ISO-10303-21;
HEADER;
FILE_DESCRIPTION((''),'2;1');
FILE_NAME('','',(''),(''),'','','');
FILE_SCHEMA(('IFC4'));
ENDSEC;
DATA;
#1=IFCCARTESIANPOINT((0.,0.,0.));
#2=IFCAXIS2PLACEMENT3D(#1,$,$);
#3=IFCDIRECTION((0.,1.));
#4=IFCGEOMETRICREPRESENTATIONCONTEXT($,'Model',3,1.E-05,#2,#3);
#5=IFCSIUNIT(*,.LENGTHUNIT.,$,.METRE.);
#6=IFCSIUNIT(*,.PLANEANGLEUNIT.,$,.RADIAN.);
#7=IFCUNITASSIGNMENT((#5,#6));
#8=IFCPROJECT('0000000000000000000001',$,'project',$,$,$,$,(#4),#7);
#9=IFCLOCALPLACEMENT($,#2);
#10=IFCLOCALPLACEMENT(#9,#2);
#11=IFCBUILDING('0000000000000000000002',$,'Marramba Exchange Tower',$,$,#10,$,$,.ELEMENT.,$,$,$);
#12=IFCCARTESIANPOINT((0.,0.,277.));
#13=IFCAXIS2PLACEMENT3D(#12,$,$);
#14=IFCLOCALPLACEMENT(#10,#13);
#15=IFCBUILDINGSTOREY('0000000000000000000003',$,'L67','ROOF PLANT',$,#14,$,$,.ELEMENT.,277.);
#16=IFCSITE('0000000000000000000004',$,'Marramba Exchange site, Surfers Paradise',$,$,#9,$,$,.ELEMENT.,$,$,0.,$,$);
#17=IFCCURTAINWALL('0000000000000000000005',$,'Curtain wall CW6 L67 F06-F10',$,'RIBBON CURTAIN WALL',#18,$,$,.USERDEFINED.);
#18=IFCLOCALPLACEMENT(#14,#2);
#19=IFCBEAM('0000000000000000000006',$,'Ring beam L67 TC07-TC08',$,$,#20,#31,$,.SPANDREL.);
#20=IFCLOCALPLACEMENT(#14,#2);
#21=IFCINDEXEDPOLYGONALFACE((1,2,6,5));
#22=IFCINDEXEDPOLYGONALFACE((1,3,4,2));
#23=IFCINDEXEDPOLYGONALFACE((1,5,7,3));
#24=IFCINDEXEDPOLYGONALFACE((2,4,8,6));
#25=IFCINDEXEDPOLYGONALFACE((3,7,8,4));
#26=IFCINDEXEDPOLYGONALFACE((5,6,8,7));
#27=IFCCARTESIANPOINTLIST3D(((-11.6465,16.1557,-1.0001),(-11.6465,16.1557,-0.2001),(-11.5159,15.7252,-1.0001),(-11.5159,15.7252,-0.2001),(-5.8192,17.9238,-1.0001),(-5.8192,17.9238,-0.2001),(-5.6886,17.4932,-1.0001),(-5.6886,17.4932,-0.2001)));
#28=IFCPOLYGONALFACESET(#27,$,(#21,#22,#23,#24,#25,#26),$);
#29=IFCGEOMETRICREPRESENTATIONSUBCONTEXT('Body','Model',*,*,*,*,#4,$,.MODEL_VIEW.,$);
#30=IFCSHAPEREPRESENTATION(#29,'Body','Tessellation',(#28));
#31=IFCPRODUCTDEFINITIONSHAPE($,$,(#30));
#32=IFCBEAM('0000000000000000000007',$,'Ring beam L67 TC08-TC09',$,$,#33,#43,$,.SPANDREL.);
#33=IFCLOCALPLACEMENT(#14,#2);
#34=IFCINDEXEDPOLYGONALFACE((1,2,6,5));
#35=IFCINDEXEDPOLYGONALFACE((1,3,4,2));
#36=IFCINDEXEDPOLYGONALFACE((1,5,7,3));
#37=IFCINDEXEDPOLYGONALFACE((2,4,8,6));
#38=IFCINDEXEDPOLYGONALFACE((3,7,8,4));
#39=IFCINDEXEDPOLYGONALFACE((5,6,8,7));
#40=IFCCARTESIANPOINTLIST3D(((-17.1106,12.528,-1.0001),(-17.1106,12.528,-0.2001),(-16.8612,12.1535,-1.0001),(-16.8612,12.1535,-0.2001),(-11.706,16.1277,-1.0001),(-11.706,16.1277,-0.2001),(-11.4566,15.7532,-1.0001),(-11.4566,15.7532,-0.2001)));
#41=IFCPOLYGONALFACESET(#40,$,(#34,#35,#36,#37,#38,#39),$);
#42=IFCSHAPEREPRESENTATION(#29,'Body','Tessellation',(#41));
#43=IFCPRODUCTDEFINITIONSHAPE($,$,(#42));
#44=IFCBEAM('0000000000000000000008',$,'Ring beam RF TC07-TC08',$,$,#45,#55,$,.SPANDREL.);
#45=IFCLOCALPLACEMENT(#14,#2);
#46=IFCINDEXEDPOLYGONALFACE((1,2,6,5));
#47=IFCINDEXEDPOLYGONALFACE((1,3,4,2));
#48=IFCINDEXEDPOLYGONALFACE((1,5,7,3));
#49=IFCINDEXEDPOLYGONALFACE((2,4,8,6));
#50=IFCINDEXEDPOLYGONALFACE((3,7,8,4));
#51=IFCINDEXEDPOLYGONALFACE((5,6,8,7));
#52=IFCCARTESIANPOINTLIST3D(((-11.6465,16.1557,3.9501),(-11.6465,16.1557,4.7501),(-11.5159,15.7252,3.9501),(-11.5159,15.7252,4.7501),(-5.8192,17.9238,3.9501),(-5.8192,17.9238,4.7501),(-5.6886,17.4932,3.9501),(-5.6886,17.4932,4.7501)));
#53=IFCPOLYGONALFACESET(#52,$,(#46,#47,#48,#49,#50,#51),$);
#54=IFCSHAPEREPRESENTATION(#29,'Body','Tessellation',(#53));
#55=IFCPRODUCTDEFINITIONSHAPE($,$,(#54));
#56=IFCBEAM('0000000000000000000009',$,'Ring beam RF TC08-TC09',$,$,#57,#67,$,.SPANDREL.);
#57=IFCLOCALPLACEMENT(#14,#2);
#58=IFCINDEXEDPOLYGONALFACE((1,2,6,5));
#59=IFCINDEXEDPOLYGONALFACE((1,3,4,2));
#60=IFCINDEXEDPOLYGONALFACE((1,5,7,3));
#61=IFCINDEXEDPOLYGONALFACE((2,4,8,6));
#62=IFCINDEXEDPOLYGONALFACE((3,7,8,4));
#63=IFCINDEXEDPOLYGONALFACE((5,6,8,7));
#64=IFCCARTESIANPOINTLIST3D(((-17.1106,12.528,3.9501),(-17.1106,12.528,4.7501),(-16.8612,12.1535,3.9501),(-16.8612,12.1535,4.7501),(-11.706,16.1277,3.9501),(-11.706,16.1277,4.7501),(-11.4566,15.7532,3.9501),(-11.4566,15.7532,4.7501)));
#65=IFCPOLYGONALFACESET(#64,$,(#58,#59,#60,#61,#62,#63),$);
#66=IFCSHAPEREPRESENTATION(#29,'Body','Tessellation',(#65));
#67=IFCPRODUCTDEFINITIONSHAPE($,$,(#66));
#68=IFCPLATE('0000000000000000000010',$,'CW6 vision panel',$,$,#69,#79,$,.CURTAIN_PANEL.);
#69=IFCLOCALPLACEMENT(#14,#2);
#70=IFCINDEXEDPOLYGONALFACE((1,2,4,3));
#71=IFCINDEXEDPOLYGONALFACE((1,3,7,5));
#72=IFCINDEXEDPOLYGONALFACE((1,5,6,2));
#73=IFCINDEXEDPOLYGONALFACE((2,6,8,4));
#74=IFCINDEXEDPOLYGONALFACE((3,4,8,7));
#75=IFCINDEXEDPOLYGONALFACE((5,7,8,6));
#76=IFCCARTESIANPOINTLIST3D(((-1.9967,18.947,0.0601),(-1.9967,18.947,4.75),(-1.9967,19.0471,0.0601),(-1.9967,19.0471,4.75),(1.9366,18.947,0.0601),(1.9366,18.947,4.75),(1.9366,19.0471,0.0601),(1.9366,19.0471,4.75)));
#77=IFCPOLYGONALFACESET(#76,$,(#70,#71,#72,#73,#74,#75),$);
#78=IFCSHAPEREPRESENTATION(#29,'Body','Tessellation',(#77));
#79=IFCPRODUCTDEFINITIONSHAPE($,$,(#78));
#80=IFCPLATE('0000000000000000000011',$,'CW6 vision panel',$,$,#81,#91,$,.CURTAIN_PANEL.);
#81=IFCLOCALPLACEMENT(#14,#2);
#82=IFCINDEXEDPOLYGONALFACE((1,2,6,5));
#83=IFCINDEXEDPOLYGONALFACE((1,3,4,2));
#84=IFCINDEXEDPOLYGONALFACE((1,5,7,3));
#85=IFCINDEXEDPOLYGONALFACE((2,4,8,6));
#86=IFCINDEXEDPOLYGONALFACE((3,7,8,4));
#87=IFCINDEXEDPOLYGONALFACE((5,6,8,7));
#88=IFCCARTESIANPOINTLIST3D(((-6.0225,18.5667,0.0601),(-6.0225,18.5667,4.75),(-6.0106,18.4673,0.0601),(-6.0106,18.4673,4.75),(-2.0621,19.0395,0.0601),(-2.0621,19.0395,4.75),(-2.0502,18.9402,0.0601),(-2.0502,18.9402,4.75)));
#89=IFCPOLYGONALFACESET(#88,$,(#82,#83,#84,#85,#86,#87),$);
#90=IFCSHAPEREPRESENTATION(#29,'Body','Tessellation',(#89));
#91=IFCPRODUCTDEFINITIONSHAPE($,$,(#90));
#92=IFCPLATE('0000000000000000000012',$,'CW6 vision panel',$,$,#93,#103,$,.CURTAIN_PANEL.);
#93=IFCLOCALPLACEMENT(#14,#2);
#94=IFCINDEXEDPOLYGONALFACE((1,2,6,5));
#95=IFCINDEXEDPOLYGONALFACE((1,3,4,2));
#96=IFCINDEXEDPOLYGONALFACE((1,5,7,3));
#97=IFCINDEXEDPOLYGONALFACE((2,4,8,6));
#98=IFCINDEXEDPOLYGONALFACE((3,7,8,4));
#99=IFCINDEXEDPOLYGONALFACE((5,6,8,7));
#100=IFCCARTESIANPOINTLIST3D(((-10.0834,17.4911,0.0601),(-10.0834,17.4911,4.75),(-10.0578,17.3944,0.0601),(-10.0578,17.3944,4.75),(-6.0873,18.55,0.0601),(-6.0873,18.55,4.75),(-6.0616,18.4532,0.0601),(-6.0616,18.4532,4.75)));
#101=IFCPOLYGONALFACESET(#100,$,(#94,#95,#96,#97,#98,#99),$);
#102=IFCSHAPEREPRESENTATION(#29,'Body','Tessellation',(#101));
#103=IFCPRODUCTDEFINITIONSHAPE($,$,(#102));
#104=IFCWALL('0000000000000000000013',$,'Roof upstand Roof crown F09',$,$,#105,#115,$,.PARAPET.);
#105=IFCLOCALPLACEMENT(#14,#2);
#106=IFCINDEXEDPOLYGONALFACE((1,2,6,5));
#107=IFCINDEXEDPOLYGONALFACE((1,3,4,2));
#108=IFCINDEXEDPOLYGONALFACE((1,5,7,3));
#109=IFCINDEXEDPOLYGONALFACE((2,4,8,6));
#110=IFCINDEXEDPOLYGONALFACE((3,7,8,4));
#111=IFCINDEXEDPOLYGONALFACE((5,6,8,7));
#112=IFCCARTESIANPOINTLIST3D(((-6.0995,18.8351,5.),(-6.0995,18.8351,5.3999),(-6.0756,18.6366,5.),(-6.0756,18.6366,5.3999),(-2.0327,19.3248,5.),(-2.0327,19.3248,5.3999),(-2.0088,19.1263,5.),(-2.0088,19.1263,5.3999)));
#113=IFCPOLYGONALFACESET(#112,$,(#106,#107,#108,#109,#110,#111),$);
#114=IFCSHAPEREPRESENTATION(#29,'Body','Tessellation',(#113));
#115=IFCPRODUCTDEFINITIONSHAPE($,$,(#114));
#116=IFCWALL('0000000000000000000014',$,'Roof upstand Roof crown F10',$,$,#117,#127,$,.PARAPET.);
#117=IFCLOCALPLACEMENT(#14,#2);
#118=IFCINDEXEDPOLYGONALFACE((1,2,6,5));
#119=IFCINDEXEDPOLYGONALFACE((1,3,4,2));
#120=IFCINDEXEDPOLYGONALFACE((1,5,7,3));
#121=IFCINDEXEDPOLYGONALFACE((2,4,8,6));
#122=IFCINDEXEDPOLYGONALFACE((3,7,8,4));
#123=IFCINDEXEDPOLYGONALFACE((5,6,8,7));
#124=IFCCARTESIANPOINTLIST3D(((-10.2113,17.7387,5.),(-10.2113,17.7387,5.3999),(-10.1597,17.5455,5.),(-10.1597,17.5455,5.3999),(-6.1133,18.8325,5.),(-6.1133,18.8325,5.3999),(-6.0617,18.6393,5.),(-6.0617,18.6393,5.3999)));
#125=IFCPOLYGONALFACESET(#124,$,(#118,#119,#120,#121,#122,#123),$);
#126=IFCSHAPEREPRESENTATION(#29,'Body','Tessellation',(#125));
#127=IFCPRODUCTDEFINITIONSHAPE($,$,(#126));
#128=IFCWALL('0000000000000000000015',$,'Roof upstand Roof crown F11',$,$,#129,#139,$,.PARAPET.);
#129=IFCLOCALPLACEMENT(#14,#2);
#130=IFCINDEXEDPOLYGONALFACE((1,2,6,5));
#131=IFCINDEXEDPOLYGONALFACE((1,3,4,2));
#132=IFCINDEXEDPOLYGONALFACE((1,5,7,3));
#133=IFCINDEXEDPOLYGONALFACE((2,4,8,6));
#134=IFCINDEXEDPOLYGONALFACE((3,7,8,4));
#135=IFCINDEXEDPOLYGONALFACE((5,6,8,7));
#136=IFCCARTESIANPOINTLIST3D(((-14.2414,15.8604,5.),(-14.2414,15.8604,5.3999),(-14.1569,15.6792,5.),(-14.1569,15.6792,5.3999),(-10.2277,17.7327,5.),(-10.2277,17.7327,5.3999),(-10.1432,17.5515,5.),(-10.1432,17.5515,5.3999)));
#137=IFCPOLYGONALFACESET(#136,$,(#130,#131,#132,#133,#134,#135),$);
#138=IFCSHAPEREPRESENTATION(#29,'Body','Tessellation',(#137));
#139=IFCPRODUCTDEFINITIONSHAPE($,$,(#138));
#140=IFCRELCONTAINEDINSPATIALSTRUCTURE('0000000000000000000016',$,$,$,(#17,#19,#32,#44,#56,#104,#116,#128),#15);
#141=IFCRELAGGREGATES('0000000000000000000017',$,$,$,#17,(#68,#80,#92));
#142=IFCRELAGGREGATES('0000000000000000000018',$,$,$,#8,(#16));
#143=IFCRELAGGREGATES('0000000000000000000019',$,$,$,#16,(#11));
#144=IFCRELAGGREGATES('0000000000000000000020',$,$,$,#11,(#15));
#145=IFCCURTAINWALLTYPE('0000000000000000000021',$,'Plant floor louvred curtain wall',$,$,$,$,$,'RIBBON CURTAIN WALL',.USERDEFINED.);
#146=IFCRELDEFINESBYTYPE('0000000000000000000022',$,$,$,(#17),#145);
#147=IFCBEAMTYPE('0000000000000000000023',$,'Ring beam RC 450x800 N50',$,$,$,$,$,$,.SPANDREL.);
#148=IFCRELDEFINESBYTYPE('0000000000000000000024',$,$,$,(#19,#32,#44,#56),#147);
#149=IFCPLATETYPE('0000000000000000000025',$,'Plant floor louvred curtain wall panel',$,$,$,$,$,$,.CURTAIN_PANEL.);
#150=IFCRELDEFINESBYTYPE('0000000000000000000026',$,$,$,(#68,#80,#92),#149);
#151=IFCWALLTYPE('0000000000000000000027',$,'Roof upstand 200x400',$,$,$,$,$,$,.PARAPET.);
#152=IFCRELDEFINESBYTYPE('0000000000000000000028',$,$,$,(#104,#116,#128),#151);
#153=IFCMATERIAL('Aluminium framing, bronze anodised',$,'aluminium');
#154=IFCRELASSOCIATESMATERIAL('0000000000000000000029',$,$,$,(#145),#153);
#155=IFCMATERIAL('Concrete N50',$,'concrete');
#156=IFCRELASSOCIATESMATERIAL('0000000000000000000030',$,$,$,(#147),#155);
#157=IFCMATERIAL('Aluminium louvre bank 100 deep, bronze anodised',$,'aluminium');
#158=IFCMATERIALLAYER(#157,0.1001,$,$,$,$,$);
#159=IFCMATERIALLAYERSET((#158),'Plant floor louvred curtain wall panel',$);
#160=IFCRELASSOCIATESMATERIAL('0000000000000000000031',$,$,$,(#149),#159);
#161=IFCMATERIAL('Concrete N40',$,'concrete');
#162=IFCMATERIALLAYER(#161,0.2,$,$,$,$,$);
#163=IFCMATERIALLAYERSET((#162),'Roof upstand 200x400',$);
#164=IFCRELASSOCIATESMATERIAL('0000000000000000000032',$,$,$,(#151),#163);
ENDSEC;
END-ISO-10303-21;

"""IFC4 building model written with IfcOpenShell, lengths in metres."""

from ifc_helpers import new_model, si_unit, direction, frame, frame_2d, origin, origin_2d, place, context, subcontext, project, spatial, rectangle, extrude, material, layer, layer_set, material_profile, profile_set, type_object, element, aggregate, save


model = new_model("IFC4")

# Units and contexts
model_context = context("Model", 3, precision=1e-05, world=origin(), true_north=direction((0.0, 1.0)))
body_context = subcontext(model_context, "Body", "Model", "MODEL_VIEW")
ifc_project = project(units=[si_unit("LENGTHUNIT", "METRE"), si_unit("PLANEANGLEUNIT", "RADIAN")], contexts=[model_context])

# Site, building, storey
site_placement = place(None, origin())
site = spatial("IfcSite", under=ifc_project, at=site_placement, Name="Marramba Exchange site, Surfers Paradise", CompositionType="ELEMENT", RefElevation=0.0)
building_placement = place(site_placement, origin())
building = spatial("IfcBuilding", under=site, at=building_placement, Name="Marramba Exchange Tower", CompositionType="ELEMENT")
storey_placement = place(building_placement, frame((0.0, 0.0, 277.0)))
storey = spatial("IfcBuildingStorey", under=building, at=storey_placement, Name="L67", Description="ROOF PLANT", CompositionType="ELEMENT", Elevation=277.0)

# Shared definitions
ifc_material_1 = material(Name="Concrete N50", Category="concrete")

# Curtain wall
ifc_material_2 = material(Name="Aluminium framing, bronze anodised", Category="aluminium")
curtain_wall_type = type_object("IfcCurtainWallType", Name="Plant floor louvred curtain wall", ElementType="RIBBON CURTAIN WALL", PredefinedType="USERDEFINED", material=ifc_material_2)
curtain_wall_1_placement = place(storey_placement, origin())
curtain_wall_1 = element("IfcCurtainWall", 1, at=curtain_wall_1_placement, inside=storey, type_object=curtain_wall_type, Name="Curtain wall CW6 L67 F06-F10", ObjectType="RIBBON CURTAIN WALL", PredefinedType="USERDEFINED")

# Beams
ifc_material_profile_1 = material_profile(ifc_material_1, rectangle(XDim=0.45, YDim=0.8, at=origin_2d()), Name="RC 450x800")
ifc_profile_set_1 = profile_set([ifc_material_profile_1], Name="Concrete N50")
beam_type_1 = type_object("IfcBeamType", Name="Ring beam RC 450x800 N50", PredefinedType="SPANDREL", material=ifc_profile_set_1)
beam_1_placement = place(storey_placement, frame((-5.7539, 17.7085, -0.6001), z_axis=(-0.956925, -0.290337, 0.0), x_axis=(0.290337, -0.956925, 0.0)))
element("IfcBeam", 2, at=beam_1_placement, inside=storey, type_object=beam_type_1, Name="Ring beam L67 TC07-TC08", PredefinedType="SPANDREL", context=body_context, shape_type="SweptSolid", body=[
    extrude(rectangle(XDim=0.45, YDim=0.8, at=origin_2d()), origin(), (0.0, 0.0, 1.0), 6.0896),
])
beam_2_placement = place(storey_placement, frame((-11.5813, 15.9404, -0.6001), z_axis=(-0.832293, -0.554336, 0.0), x_axis=(0.554336, -0.832293, 0.0)))
element("IfcBeam", 3, at=beam_2_placement, inside=storey, type_object=beam_type_1, Name="Ring beam L67 TC08-TC09", PredefinedType="SPANDREL", context=body_context, shape_type="SweptSolid", body=[
    extrude(rectangle(XDim=0.45, YDim=0.8, at=origin_2d()), origin(), (0.0, 0.0, 1.0), 6.4937),
])
beam_3_placement = place(storey_placement, frame((-5.7539, 17.7085, 4.3501), z_axis=(-0.956925, -0.290337, 0.0), x_axis=(0.290337, -0.956925, 0.0)))
element("IfcBeam", 4, at=beam_3_placement, inside=storey, type_object=beam_type_1, Name="Ring beam RF TC07-TC08", PredefinedType="SPANDREL", context=body_context, shape_type="SweptSolid", body=[
    extrude(rectangle(XDim=0.45, YDim=0.8, at=origin_2d()), origin(), (0.0, 0.0, 1.0), 6.0896),
])
beam_4_placement = place(storey_placement, frame((-11.5813, 15.9404, 4.3501), z_axis=(-0.832293, -0.554336, 0.0), x_axis=(0.554336, -0.832293, 0.0)))
element("IfcBeam", 5, at=beam_4_placement, inside=storey, type_object=beam_type_1, Name="Ring beam RF TC08-TC09", PredefinedType="SPANDREL", context=body_context, shape_type="SweptSolid", body=[
    extrude(rectangle(XDim=0.45, YDim=0.8, at=origin_2d()), origin(), (0.0, 0.0, 1.0), 6.4937),
])

# Plates
ifc_material_3 = material(Name="Aluminium louvre bank 100 deep, bronze anodised", Category="aluminium")
ifc_layer_1 = layer(ifc_material_3, 0.1001)
ifc_layer_set_1 = layer_set([ifc_layer_1], Name="Plant floor louvred curtain wall panel")
plate_type = type_object("IfcPlateType", Name="Plant floor louvred curtain wall panel", PredefinedType="CURTAIN_PANEL", material=ifc_layer_set_1)
plate_1_placement = place(storey_placement, frame((-0.03, 18.9971, 0.0601), z_axis=(0.0, 0.0, 1.0), x_axis=(-1.0, 0.0, 0.0)))
plate_1 = element("IfcPlate", 6, at=plate_1_placement, type_object=plate_type, Name="CW6 vision panel", PredefinedType="CURTAIN_PANEL", context=body_context, shape_type="SweptSolid", body=[
    extrude(rectangle(XDim=3.9333, YDim=0.1001, at=origin_2d()), origin(), (0.0, 0.0, 1.0), 4.6899),
])
plate_2_placement = place(storey_placement, frame((-4.0364, 18.7534, 0.0601), z_axis=(0.0, 0.0, 1.0), x_axis=(-0.992947, -0.118557, 0.0)))
plate_2 = element("IfcPlate", 7, at=plate_2_placement, type_object=plate_type, Name="CW6 vision panel", PredefinedType="CURTAIN_PANEL", context=body_context, shape_type="SweptSolid", body=[
    extrude(rectangle(XDim=3.9885, YDim=0.1001, at=origin_2d()), origin(), (0.0, 0.0, 1.0), 4.6899),
])
plate_3_placement = place(storey_placement, frame((-8.0725, 17.9722, 0.0601), z_axis=(0.0, 0.0, 1.0), x_axis=(-0.966644, -0.256126, 0.0)))
plate_3 = element("IfcPlate", 8, at=plate_3_placement, type_object=plate_type, Name="CW6 vision panel", PredefinedType="CURTAIN_PANEL", context=body_context, shape_type="SweptSolid", body=[
    extrude(rectangle(XDim=4.134, YDim=0.1001, at=origin_2d()), origin(), (0.0, 0.0, 1.0), 4.6899),
])
aggregate(curtain_wall_1, [plate_1, plate_2, plate_3])

# Walls
ifc_material_4 = material(Name="Concrete N40", Category="concrete")
ifc_layer_2 = layer(ifc_material_4, 0.2)
ifc_layer_set_2 = layer_set([ifc_layer_2], Name="Roof upstand 200x400")
wall_type = type_object("IfcWallType", Name="Roof upstand 200x400", PredefinedType="PARAPET", material=ifc_layer_set_2)
wall_1_placement = place(storey_placement, frame((-2.0208, 19.2256, 5.0), z_axis=(0.0, 0.0, 1.0), x_axis=(-0.992827, -0.119559, 0.0)))
element("IfcWall", 9, at=wall_1_placement, inside=storey, type_object=wall_type, Name="Roof upstand Roof crown F09", PredefinedType="PARAPET", context=body_context, shape_type="SweptSolid", body=[
    extrude(rectangle(XDim=4.0962, YDim=0.2, at=frame_2d((2.0481, 0.0))), origin(), (0.0, 0.0, 1.0), 0.3999),
])
wall_2_placement = place(storey_placement, frame((-6.0876, 18.7358, 5.0), z_axis=(0.0, 0.0, 1.0), x_axis=(-0.966178, -0.257878, 0.0)))
element("IfcWall", 10, at=wall_2_placement, inside=storey, type_object=wall_type, Name="Roof upstand Roof crown F10", PredefinedType="PARAPET", context=body_context, shape_type="SweptSolid", body=[
    extrude(rectangle(XDim=4.2415, YDim=0.2, at=frame_2d((2.1206, 0.0))), origin(), (0.0, 0.0, 1.0), 0.3999),
])
wall_3_placement = place(storey_placement, frame((-10.1855, 17.6421, 5.0), z_axis=(0.0, 0.0, 1.0), x_axis=(-0.906247, -0.42275, 0.0)))
element("IfcWall", 11, at=wall_3_placement, inside=storey, type_object=wall_type, Name="Roof upstand Roof crown F11", PredefinedType="PARAPET", context=body_context, shape_type="SweptSolid", body=[
    extrude(rectangle(XDim=4.429, YDim=0.2, at=frame_2d((2.2144, 0.0))), origin(), (0.0, 0.0, 1.0), 0.3999),
])

save(model, "model.ifc")
